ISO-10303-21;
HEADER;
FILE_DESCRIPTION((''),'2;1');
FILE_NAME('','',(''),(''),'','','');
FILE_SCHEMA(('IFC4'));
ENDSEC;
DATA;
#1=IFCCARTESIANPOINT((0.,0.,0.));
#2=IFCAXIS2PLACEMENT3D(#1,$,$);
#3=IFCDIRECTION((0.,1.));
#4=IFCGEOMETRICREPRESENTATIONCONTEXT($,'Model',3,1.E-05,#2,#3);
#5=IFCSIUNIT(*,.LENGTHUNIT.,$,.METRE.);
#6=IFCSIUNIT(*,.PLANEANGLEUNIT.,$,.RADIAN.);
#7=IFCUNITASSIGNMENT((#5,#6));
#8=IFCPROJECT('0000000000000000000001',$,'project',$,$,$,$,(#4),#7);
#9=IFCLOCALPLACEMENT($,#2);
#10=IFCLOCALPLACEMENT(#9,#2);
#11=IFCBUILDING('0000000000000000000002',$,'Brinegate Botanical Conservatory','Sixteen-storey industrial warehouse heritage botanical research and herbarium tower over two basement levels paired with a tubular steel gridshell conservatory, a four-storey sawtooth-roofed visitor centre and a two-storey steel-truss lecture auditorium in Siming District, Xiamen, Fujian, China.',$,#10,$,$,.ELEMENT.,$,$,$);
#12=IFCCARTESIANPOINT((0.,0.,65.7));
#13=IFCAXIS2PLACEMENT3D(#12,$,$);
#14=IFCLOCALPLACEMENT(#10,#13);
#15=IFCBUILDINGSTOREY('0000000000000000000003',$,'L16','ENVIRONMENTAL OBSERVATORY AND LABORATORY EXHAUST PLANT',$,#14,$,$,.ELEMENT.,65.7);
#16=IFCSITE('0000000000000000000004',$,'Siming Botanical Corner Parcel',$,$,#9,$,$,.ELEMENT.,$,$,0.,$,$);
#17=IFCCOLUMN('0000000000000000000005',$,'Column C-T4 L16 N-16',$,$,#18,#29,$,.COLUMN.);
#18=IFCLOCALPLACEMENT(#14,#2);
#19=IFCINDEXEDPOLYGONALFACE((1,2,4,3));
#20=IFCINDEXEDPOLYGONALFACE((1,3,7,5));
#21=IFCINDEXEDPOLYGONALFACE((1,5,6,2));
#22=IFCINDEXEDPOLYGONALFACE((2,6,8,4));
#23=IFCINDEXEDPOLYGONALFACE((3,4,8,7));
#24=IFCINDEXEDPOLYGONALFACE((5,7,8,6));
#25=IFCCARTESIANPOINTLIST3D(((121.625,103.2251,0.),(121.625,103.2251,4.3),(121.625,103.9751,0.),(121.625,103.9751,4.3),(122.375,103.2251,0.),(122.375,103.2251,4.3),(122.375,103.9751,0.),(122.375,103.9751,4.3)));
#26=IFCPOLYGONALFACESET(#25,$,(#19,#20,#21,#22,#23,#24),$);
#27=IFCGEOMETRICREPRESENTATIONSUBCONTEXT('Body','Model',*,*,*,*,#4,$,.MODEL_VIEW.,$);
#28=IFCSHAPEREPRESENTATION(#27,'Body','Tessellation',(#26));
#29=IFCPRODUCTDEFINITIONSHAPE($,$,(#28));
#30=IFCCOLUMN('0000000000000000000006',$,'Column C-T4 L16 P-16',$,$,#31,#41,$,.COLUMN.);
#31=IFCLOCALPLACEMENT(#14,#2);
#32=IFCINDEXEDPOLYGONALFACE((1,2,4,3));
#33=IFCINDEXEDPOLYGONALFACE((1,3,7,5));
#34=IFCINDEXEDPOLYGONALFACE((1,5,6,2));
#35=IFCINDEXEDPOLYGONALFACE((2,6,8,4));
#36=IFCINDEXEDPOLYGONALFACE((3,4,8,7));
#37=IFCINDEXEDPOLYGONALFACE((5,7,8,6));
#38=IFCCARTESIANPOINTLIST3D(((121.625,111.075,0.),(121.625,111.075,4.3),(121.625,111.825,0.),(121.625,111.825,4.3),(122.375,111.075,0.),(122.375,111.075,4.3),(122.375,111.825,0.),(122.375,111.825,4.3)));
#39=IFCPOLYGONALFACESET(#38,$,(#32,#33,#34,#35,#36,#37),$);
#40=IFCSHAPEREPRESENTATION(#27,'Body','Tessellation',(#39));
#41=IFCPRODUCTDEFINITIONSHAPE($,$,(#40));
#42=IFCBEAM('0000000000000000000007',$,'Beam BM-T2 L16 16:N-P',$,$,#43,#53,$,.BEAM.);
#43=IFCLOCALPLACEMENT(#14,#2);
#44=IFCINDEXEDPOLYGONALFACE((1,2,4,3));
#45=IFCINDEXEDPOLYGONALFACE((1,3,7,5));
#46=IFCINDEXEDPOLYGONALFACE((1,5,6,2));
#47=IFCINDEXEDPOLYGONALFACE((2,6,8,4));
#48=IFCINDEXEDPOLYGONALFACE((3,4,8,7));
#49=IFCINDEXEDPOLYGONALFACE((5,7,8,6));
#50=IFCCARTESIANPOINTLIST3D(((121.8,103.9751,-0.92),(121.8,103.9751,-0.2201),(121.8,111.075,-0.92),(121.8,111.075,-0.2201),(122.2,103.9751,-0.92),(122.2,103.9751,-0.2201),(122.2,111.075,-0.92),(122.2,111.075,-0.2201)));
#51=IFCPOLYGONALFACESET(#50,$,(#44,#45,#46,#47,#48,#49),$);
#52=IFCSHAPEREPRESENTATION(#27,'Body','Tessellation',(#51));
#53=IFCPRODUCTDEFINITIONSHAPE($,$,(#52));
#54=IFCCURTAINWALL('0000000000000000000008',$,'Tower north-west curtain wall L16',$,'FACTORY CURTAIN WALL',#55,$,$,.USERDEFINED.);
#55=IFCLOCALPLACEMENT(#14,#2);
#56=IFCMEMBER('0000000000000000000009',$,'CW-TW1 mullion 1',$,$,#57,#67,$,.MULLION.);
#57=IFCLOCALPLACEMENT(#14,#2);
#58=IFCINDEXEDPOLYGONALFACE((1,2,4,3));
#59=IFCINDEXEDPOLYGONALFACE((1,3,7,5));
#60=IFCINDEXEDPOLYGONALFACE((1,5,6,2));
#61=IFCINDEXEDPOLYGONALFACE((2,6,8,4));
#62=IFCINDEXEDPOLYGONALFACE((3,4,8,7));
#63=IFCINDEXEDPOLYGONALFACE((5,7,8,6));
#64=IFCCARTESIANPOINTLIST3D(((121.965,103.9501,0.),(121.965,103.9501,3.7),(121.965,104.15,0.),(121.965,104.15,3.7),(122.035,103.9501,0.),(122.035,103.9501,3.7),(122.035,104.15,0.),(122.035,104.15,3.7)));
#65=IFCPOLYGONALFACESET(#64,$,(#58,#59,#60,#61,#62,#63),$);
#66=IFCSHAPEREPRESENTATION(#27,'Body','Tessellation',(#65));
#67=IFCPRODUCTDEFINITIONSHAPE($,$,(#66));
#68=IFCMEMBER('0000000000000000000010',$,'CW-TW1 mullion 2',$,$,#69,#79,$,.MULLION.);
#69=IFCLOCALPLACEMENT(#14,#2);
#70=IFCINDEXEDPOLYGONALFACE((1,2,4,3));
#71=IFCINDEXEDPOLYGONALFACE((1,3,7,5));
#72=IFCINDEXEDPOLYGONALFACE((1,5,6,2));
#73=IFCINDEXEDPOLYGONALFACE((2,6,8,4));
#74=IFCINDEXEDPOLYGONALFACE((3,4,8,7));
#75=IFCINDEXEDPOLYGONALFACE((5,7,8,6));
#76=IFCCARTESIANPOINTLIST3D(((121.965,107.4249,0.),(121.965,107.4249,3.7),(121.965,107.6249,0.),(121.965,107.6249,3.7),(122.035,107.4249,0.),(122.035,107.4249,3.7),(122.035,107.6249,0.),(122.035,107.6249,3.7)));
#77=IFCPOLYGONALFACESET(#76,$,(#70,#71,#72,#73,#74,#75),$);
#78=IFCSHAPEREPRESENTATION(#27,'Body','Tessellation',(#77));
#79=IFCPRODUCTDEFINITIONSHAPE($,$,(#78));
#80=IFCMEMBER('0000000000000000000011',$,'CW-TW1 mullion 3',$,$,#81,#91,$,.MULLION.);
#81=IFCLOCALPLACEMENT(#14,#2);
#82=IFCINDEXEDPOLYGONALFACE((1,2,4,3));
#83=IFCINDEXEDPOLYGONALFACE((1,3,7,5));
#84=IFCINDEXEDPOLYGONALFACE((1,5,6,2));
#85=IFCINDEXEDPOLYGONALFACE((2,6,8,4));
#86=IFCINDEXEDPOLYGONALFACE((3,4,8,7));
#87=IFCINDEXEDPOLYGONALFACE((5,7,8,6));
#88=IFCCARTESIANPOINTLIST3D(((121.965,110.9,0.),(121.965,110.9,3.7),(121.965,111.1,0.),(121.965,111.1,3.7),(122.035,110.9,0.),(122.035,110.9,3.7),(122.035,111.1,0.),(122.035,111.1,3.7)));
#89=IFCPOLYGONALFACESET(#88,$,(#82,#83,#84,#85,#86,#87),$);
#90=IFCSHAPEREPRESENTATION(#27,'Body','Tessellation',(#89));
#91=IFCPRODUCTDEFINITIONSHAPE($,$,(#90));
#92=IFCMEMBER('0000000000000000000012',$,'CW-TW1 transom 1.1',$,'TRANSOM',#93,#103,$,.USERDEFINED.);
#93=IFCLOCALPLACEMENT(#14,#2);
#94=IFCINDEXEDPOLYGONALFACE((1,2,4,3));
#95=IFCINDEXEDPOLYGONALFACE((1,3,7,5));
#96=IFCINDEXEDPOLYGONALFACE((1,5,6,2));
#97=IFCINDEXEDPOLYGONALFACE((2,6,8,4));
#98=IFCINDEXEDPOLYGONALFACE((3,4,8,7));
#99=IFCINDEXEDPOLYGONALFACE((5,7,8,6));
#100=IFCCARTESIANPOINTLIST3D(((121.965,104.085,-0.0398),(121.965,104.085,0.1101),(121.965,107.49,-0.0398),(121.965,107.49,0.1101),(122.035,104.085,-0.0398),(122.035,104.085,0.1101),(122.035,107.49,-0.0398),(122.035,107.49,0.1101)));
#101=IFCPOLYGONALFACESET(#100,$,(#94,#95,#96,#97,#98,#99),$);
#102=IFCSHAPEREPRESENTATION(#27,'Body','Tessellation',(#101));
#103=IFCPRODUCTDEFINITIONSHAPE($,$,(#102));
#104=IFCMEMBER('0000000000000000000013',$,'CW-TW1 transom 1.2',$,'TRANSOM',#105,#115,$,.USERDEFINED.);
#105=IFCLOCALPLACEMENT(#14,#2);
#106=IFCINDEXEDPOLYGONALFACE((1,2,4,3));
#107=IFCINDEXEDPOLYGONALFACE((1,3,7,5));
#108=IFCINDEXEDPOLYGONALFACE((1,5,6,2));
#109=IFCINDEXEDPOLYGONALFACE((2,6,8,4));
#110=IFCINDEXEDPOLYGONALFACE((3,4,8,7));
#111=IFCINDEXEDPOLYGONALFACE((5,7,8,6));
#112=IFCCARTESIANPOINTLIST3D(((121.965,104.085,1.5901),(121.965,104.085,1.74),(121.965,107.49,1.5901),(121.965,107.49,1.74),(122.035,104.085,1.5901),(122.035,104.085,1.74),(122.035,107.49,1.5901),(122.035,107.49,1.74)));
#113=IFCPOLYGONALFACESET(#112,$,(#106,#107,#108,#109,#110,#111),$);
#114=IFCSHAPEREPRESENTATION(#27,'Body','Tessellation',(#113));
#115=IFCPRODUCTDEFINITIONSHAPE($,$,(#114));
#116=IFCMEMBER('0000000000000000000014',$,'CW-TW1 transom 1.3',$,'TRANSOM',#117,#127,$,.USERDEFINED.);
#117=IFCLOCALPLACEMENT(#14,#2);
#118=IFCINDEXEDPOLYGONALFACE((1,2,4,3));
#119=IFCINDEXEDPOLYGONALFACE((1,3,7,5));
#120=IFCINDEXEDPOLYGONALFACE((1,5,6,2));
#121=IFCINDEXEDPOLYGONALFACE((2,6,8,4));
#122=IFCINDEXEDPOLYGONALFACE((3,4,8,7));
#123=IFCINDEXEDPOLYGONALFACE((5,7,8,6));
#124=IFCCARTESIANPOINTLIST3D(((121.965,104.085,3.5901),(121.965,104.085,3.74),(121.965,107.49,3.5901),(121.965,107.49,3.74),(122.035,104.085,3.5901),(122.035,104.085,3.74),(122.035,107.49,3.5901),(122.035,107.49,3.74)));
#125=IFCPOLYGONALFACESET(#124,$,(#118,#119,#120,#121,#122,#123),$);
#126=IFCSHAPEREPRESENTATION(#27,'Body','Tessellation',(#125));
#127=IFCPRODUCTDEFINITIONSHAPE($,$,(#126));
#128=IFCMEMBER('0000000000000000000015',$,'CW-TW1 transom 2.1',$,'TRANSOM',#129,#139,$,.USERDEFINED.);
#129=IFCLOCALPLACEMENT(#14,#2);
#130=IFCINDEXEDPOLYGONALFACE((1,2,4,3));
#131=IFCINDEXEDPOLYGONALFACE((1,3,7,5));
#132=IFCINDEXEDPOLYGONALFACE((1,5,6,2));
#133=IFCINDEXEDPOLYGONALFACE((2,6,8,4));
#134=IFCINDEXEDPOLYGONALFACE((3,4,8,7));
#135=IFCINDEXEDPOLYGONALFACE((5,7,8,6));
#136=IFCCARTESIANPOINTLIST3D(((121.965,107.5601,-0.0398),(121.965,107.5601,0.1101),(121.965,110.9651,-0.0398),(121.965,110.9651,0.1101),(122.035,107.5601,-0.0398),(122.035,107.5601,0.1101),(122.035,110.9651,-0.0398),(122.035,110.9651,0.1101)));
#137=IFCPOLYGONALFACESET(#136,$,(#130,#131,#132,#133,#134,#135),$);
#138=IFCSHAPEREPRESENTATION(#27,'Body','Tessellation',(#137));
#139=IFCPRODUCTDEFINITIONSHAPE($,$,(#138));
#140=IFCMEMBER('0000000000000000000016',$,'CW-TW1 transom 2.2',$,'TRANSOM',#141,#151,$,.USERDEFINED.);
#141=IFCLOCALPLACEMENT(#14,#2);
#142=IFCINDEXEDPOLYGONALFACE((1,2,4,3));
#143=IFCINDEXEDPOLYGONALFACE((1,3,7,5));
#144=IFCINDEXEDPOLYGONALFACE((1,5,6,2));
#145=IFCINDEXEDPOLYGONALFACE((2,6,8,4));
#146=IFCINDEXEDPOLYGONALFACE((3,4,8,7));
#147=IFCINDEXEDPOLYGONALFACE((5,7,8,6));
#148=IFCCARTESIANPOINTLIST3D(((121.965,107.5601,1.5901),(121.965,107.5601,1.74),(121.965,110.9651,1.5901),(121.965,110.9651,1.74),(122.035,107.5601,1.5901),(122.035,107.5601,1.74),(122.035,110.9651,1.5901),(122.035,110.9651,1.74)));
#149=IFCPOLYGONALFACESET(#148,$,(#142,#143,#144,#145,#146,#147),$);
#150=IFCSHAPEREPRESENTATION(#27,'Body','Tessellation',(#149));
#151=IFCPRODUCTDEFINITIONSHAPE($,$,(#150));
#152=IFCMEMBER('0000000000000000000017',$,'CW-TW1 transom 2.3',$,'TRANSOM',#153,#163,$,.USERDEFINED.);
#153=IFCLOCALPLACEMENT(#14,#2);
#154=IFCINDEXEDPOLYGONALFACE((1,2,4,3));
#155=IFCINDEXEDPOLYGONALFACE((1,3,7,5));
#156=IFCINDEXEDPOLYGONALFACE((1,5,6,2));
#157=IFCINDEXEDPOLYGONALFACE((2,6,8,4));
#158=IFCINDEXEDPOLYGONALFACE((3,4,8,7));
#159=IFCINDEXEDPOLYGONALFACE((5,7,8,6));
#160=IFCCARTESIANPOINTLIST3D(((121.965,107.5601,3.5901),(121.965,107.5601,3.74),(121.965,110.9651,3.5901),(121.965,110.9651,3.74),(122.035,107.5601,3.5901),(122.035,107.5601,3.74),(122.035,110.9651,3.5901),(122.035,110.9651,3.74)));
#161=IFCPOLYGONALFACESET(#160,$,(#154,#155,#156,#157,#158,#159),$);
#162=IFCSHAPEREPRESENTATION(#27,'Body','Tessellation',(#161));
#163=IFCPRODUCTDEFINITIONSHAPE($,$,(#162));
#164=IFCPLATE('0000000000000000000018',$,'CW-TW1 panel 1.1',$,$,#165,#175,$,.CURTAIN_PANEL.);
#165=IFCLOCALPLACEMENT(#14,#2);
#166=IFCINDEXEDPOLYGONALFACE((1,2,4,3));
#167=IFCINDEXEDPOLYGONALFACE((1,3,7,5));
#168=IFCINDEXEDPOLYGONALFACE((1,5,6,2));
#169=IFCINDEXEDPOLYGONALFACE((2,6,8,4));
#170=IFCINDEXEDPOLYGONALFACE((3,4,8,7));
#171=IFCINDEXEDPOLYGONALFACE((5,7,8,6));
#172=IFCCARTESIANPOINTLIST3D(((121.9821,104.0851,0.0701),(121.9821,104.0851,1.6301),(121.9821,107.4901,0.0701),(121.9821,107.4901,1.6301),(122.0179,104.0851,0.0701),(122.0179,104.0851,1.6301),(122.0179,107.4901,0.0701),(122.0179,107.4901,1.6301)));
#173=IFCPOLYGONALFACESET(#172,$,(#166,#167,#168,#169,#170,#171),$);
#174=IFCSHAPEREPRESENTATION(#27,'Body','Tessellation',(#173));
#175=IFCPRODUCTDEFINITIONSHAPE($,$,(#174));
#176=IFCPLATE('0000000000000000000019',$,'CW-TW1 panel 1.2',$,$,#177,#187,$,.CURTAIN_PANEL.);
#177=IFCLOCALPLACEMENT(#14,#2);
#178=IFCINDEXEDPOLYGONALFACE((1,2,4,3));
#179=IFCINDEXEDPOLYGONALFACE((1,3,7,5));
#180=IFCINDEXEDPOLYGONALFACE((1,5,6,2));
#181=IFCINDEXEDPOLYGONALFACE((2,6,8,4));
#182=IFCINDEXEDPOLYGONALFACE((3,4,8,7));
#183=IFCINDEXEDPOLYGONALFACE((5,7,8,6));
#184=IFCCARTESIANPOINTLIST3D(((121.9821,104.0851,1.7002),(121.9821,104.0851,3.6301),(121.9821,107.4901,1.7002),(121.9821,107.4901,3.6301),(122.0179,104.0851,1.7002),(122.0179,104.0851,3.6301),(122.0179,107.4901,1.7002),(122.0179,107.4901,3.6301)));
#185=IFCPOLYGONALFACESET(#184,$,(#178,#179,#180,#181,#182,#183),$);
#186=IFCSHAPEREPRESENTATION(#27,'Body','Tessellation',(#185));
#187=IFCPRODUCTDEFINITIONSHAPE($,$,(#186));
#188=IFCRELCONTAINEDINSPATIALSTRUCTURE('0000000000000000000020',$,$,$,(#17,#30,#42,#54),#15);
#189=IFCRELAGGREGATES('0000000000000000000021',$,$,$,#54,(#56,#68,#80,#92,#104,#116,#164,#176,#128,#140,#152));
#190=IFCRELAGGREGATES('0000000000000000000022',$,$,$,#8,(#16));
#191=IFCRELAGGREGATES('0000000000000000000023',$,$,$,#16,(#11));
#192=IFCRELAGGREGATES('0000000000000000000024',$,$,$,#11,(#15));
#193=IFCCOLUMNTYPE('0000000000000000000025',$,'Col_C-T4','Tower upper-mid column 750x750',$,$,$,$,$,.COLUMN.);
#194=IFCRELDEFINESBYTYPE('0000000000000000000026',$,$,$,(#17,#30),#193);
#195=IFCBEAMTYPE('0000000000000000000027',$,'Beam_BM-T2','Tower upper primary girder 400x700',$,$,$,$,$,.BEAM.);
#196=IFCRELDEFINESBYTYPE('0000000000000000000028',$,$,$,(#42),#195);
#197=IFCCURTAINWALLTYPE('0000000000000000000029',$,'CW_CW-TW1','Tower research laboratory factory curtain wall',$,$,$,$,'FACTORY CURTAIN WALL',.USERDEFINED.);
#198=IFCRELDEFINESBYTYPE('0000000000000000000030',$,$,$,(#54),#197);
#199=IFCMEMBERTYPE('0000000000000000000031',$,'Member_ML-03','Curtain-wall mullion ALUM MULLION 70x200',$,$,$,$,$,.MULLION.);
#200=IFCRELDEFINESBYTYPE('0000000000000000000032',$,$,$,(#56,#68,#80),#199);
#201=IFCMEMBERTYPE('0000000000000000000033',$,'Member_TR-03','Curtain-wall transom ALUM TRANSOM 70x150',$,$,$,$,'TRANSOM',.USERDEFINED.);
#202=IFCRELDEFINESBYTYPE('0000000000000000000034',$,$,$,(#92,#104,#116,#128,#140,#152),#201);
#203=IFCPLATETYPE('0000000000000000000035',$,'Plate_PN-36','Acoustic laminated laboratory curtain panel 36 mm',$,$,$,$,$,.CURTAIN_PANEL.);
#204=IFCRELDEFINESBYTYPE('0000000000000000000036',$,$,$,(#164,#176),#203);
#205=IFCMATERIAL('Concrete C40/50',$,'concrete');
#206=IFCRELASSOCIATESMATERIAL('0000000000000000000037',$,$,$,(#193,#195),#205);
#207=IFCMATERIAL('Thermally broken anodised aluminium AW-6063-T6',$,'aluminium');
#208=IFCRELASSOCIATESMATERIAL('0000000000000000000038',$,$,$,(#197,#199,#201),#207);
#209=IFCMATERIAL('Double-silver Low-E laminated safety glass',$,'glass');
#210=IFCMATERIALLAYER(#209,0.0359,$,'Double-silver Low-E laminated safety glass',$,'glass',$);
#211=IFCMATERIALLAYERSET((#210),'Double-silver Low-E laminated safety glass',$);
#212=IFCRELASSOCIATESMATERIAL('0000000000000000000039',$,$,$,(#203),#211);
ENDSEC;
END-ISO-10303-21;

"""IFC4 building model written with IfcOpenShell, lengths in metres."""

from ifc_helpers import new_model, si_unit, direction, frame, origin, origin_2d, place, context, subcontext, project, spatial, rectangle, extrude, material, layer, layer_set, material_profile, profile_set, type_object, element, aggregate, save


model = new_model("IFC4")

# Units and contexts
model_context = context("Model", 3, precision=1e-05, world=origin(), true_north=direction((0.0, 1.0)))
body_context = subcontext(model_context, "Body", "Model", "MODEL_VIEW")
ifc_project = project(units=[si_unit("LENGTHUNIT", "METRE"), si_unit("PLANEANGLEUNIT", "RADIAN")], contexts=[model_context])

# Site, building, storey
site_placement = place(None, origin())
site = spatial("IfcSite", under=ifc_project, at=site_placement, Name="Siming Botanical Corner Parcel", CompositionType="ELEMENT", RefElevation=0.0)
building_placement = place(site_placement, origin())
building = spatial("IfcBuilding", under=site, at=building_placement, Name="Brinegate Botanical Conservatory", Description="Sixteen-storey industrial warehouse heritage botanical research and herbarium tower over two basement levels paired with a tubular steel gridshell conservatory, a four-storey sawtooth-roofed visitor centre and a two-storey steel-truss lecture auditorium in Siming District, Xiamen, Fujian, China.", CompositionType="ELEMENT")
storey_placement = place(building_placement, frame((0.0, 0.0, 65.7)))
storey = spatial("IfcBuildingStorey", under=building, at=storey_placement, Name="L16", Description="ENVIRONMENTAL OBSERVATORY AND LABORATORY EXHAUST PLANT", CompositionType="ELEMENT", Elevation=65.7)

# Columns
ifc_material_1 = material(Name="Concrete C40/50", Category="concrete")
ifc_material_profile_1 = material_profile(ifc_material_1, rectangle(XDim=0.75, YDim=0.75, at=origin_2d()), Name="RC COL 750x750")
ifc_profile_set_1 = profile_set([ifc_material_profile_1], Name="Concrete C40/50")
column_type = type_object("IfcColumnType", Name="Col_C-T4", Description="Tower upper-mid column 750x750", PredefinedType="COLUMN", material=ifc_profile_set_1)
for number, where, z_axis, x_axis, name in (
    (1, (122.0, 103.6001, 0.0), (0.0, 0.0, 1.0), (1.0, 0.0, 0.0), "Column C-T4 L16 N-16"),
    (2, (122.0, 111.45, 0.0), (0.0, 0.0, 1.0), (1.0, 0.0, 0.0), "Column C-T4 L16 P-16"),
):
    element("IfcColumn", number, at=place(storey_placement, frame(where, z_axis=z_axis, x_axis=x_axis)), inside=storey, type_object=column_type, Name=name, PredefinedType="COLUMN", context=body_context, shape_type="SweptSolid", body=[
        extrude(rectangle(XDim=0.75, YDim=0.75, at=origin_2d()), origin(), (0.0, 0.0, 1.0), 4.3),
    ])

# Beam
ifc_material_profile_2 = material_profile(ifc_material_1, rectangle(XDim=0.3999, YDim=0.7, at=origin_2d()), Name="RC BM 400x700")
ifc_profile_set_2 = profile_set([ifc_material_profile_2], Name="Concrete C40/50")
beam_type = type_object("IfcBeamType", Name="Beam_BM-T2", Description="Tower upper primary girder 400x700", PredefinedType="BEAM", material=ifc_profile_set_2)
beam_placement = place(storey_placement, frame((122.0, 103.9751, -0.5701), z_axis=(0.0, 1.0, 0.0), x_axis=(-1.0, 0.0, 0.0)))
element("IfcBeam", 3, at=beam_placement, inside=storey, type_object=beam_type, Name="Beam BM-T2 L16 16:N-P", PredefinedType="BEAM", context=body_context, shape_type="SweptSolid", body=[
    extrude(rectangle(XDim=0.3999, YDim=0.7, at=origin_2d()), origin(), (0.0, 0.0, 1.0), 7.0999),
])

# Curtain wall, members, plates
ifc_material_2 = material(Name="Thermally broken anodised aluminium AW-6063-T6", Category="aluminium")
curtain_wall_type = type_object("IfcCurtainWallType", Name="CW_CW-TW1", Description="Tower research laboratory factory curtain wall", ElementType="FACTORY CURTAIN WALL", PredefinedType="USERDEFINED", material=ifc_material_2)
curtain_wall_placement = place(storey_placement, origin())
curtain_wall = element("IfcCurtainWall", 4, at=curtain_wall_placement, inside=storey, type_object=curtain_wall_type, Name="Tower north-west curtain wall L16", ObjectType="FACTORY CURTAIN WALL", PredefinedType="USERDEFINED")
ifc_material_profile_3 = material_profile(ifc_material_2, rectangle(XDim=0.0701, YDim=0.2, at=origin_2d()), Name="ALUM MULLION 70x200")
ifc_profile_set_3 = profile_set([ifc_material_profile_3], Name="Thermally broken anodised aluminium AW-6063-T6")
member_type_1 = type_object("IfcMemberType", Name="Member_ML-03", Description="Curtain-wall mullion ALUM MULLION 70x200", PredefinedType="MULLION", material=ifc_profile_set_3)
member_1_placement = place(storey_placement, frame((122.0, 104.05, 0.0), z_axis=(0.0, 0.0, 1.0), x_axis=(-1.0, 0.0, 0.0)))
member_1 = element("IfcMember", 5, at=member_1_placement, type_object=member_type_1, Name="CW-TW1 mullion 1", PredefinedType="MULLION", context=body_context, shape_type="SweptSolid", body=[
    extrude(rectangle(XDim=0.0701, YDim=0.2, at=origin_2d()), origin(), (0.0, 0.0, 1.0), 3.7),
])
member_2_placement = place(storey_placement, frame((122.0, 107.5249, 0.0), z_axis=(0.0, 0.0, 1.0), x_axis=(-1.0, 0.0, 0.0)))
member_2 = element("IfcMember", 6, at=member_2_placement, type_object=member_type_1, Name="CW-TW1 mullion 2", PredefinedType="MULLION", context=body_context, shape_type="SweptSolid", body=[
    extrude(rectangle(XDim=0.0701, YDim=0.2, at=origin_2d()), origin(), (0.0, 0.0, 1.0), 3.7),
])
member_3_placement = place(storey_placement, frame((122.0, 111.0, 0.0), z_axis=(0.0, 0.0, 1.0), x_axis=(-1.0, 0.0, 0.0)))
member_3 = element("IfcMember", 7, at=member_3_placement, type_object=member_type_1, Name="CW-TW1 mullion 3", PredefinedType="MULLION", context=body_context, shape_type="SweptSolid", body=[
    extrude(rectangle(XDim=0.0701, YDim=0.2, at=origin_2d()), origin(), (0.0, 0.0, 1.0), 3.7),
])
ifc_material_profile_4 = material_profile(ifc_material_2, rectangle(XDim=0.0701, YDim=0.1499, at=origin_2d()), Name="ALUM TRANSOM 70x150")
ifc_profile_set_4 = profile_set([ifc_material_profile_4], Name="Thermally broken anodised aluminium AW-6063-T6")
member_type_2 = type_object("IfcMemberType", Name="Member_TR-03", Description="Curtain-wall transom ALUM TRANSOM 70x150", ElementType="TRANSOM", PredefinedType="USERDEFINED", material=ifc_profile_set_4)
member_4_placement = place(storey_placement, frame((122.0, 104.085, 0.0352), z_axis=(0.0, 1.0, 0.0), x_axis=(-1.0, 0.0, 0.0)))
member_4 = element("IfcMember", 8, at=member_4_placement, type_object=member_type_2, Name="CW-TW1 transom 1.1", ObjectType="TRANSOM", PredefinedType="USERDEFINED", context=body_context, shape_type="SweptSolid", body=[
    extrude(rectangle(XDim=0.0701, YDim=0.1499, at=origin_2d()), origin(), (0.0, 0.0, 1.0), 3.405),
])
member_5_placement = place(storey_placement, frame((122.0, 104.085, 1.665), z_axis=(0.0, 1.0, 0.0), x_axis=(-1.0, 0.0, 0.0)))
member_5 = element("IfcMember", 9, at=member_5_placement, type_object=member_type_2, Name="CW-TW1 transom 1.2", ObjectType="TRANSOM", PredefinedType="USERDEFINED", context=body_context, shape_type="SweptSolid", body=[
    extrude(rectangle(XDim=0.0701, YDim=0.1499, at=origin_2d()), origin(), (0.0, 0.0, 1.0), 3.405),
])
member_6_placement = place(storey_placement, frame((122.0, 104.085, 3.665), z_axis=(0.0, 1.0, 0.0), x_axis=(-1.0, 0.0, 0.0)))
member_6 = element("IfcMember", 10, at=member_6_placement, type_object=member_type_2, Name="CW-TW1 transom 1.3", ObjectType="TRANSOM", PredefinedType="USERDEFINED", context=body_context, shape_type="SweptSolid", body=[
    extrude(rectangle(XDim=0.0701, YDim=0.1499, at=origin_2d()), origin(), (0.0, 0.0, 1.0), 3.405),
])
member_7_placement = place(storey_placement, frame((122.0, 107.5601, 0.0352), z_axis=(0.0, 1.0, 0.0), x_axis=(-1.0, 0.0, 0.0)))
member_7 = element("IfcMember", 11, at=member_7_placement, type_object=member_type_2, Name="CW-TW1 transom 2.1", ObjectType="TRANSOM", PredefinedType="USERDEFINED", context=body_context, shape_type="SweptSolid", body=[
    extrude(rectangle(XDim=0.0701, YDim=0.1499, at=origin_2d()), origin(), (0.0, 0.0, 1.0), 3.405),
])
member_8_placement = place(storey_placement, frame((122.0, 107.5601, 1.665), z_axis=(0.0, 1.0, 0.0), x_axis=(-1.0, 0.0, 0.0)))
member_8 = element("IfcMember", 12, at=member_8_placement, type_object=member_type_2, Name="CW-TW1 transom 2.2", ObjectType="TRANSOM", PredefinedType="USERDEFINED", context=body_context, shape_type="SweptSolid", body=[
    extrude(rectangle(XDim=0.0701, YDim=0.1499, at=origin_2d()), origin(), (0.0, 0.0, 1.0), 3.405),
])
member_9_placement = place(storey_placement, frame((122.0, 107.5601, 3.665), z_axis=(0.0, 1.0, 0.0), x_axis=(-1.0, 0.0, 0.0)))
member_9 = element("IfcMember", 13, at=member_9_placement, type_object=member_type_2, Name="CW-TW1 transom 2.3", ObjectType="TRANSOM", PredefinedType="USERDEFINED", context=body_context, shape_type="SweptSolid", body=[
    extrude(rectangle(XDim=0.0701, YDim=0.1499, at=origin_2d()), origin(), (0.0, 0.0, 1.0), 3.405),
])
ifc_material_3 = material(Name="Double-silver Low-E laminated safety glass", Category="glass")
ifc_layer_1 = layer(ifc_material_3, 0.0359, Name="Double-silver Low-E laminated safety glass", Category="glass")
ifc_layer_set_1 = layer_set([ifc_layer_1], Name="Double-silver Low-E laminated safety glass")
plate_type = type_object("IfcPlateType", Name="Plate_PN-36", Description="Acoustic laminated laboratory curtain panel 36 mm", PredefinedType="CURTAIN_PANEL", material=ifc_layer_set_1)
plate_1_placement = place(storey_placement, frame((122.0, 105.7876, 0.0701), z_axis=(0.0, 0.0, 1.0), x_axis=(0.0, 1.0, 0.0)))
plate_1 = element("IfcPlate", 14, at=plate_1_placement, type_object=plate_type, Name="CW-TW1 panel 1.1", PredefinedType="CURTAIN_PANEL", context=body_context, shape_type="SweptSolid", body=[
    extrude(rectangle(XDim=3.405, YDim=0.0359, at=origin_2d()), origin(), (0.0, 0.0, 1.0), 1.5601),
])
plate_2_placement = place(storey_placement, frame((122.0, 105.7876, 1.7002), z_axis=(0.0, 0.0, 1.0), x_axis=(0.0, 1.0, 0.0)))
plate_2 = element("IfcPlate", 15, at=plate_2_placement, type_object=plate_type, Name="CW-TW1 panel 1.2", PredefinedType="CURTAIN_PANEL", context=body_context, shape_type="SweptSolid", body=[
    extrude(rectangle(XDim=3.405, YDim=0.0359, at=origin_2d()), origin(), (0.0, 0.0, 1.0), 1.9299),
])
aggregate(curtain_wall, [member_1, member_2, member_3, member_4, member_5, member_6, plate_1, plate_2, member_7, member_8, member_9])

save(model, "model.ifc")
